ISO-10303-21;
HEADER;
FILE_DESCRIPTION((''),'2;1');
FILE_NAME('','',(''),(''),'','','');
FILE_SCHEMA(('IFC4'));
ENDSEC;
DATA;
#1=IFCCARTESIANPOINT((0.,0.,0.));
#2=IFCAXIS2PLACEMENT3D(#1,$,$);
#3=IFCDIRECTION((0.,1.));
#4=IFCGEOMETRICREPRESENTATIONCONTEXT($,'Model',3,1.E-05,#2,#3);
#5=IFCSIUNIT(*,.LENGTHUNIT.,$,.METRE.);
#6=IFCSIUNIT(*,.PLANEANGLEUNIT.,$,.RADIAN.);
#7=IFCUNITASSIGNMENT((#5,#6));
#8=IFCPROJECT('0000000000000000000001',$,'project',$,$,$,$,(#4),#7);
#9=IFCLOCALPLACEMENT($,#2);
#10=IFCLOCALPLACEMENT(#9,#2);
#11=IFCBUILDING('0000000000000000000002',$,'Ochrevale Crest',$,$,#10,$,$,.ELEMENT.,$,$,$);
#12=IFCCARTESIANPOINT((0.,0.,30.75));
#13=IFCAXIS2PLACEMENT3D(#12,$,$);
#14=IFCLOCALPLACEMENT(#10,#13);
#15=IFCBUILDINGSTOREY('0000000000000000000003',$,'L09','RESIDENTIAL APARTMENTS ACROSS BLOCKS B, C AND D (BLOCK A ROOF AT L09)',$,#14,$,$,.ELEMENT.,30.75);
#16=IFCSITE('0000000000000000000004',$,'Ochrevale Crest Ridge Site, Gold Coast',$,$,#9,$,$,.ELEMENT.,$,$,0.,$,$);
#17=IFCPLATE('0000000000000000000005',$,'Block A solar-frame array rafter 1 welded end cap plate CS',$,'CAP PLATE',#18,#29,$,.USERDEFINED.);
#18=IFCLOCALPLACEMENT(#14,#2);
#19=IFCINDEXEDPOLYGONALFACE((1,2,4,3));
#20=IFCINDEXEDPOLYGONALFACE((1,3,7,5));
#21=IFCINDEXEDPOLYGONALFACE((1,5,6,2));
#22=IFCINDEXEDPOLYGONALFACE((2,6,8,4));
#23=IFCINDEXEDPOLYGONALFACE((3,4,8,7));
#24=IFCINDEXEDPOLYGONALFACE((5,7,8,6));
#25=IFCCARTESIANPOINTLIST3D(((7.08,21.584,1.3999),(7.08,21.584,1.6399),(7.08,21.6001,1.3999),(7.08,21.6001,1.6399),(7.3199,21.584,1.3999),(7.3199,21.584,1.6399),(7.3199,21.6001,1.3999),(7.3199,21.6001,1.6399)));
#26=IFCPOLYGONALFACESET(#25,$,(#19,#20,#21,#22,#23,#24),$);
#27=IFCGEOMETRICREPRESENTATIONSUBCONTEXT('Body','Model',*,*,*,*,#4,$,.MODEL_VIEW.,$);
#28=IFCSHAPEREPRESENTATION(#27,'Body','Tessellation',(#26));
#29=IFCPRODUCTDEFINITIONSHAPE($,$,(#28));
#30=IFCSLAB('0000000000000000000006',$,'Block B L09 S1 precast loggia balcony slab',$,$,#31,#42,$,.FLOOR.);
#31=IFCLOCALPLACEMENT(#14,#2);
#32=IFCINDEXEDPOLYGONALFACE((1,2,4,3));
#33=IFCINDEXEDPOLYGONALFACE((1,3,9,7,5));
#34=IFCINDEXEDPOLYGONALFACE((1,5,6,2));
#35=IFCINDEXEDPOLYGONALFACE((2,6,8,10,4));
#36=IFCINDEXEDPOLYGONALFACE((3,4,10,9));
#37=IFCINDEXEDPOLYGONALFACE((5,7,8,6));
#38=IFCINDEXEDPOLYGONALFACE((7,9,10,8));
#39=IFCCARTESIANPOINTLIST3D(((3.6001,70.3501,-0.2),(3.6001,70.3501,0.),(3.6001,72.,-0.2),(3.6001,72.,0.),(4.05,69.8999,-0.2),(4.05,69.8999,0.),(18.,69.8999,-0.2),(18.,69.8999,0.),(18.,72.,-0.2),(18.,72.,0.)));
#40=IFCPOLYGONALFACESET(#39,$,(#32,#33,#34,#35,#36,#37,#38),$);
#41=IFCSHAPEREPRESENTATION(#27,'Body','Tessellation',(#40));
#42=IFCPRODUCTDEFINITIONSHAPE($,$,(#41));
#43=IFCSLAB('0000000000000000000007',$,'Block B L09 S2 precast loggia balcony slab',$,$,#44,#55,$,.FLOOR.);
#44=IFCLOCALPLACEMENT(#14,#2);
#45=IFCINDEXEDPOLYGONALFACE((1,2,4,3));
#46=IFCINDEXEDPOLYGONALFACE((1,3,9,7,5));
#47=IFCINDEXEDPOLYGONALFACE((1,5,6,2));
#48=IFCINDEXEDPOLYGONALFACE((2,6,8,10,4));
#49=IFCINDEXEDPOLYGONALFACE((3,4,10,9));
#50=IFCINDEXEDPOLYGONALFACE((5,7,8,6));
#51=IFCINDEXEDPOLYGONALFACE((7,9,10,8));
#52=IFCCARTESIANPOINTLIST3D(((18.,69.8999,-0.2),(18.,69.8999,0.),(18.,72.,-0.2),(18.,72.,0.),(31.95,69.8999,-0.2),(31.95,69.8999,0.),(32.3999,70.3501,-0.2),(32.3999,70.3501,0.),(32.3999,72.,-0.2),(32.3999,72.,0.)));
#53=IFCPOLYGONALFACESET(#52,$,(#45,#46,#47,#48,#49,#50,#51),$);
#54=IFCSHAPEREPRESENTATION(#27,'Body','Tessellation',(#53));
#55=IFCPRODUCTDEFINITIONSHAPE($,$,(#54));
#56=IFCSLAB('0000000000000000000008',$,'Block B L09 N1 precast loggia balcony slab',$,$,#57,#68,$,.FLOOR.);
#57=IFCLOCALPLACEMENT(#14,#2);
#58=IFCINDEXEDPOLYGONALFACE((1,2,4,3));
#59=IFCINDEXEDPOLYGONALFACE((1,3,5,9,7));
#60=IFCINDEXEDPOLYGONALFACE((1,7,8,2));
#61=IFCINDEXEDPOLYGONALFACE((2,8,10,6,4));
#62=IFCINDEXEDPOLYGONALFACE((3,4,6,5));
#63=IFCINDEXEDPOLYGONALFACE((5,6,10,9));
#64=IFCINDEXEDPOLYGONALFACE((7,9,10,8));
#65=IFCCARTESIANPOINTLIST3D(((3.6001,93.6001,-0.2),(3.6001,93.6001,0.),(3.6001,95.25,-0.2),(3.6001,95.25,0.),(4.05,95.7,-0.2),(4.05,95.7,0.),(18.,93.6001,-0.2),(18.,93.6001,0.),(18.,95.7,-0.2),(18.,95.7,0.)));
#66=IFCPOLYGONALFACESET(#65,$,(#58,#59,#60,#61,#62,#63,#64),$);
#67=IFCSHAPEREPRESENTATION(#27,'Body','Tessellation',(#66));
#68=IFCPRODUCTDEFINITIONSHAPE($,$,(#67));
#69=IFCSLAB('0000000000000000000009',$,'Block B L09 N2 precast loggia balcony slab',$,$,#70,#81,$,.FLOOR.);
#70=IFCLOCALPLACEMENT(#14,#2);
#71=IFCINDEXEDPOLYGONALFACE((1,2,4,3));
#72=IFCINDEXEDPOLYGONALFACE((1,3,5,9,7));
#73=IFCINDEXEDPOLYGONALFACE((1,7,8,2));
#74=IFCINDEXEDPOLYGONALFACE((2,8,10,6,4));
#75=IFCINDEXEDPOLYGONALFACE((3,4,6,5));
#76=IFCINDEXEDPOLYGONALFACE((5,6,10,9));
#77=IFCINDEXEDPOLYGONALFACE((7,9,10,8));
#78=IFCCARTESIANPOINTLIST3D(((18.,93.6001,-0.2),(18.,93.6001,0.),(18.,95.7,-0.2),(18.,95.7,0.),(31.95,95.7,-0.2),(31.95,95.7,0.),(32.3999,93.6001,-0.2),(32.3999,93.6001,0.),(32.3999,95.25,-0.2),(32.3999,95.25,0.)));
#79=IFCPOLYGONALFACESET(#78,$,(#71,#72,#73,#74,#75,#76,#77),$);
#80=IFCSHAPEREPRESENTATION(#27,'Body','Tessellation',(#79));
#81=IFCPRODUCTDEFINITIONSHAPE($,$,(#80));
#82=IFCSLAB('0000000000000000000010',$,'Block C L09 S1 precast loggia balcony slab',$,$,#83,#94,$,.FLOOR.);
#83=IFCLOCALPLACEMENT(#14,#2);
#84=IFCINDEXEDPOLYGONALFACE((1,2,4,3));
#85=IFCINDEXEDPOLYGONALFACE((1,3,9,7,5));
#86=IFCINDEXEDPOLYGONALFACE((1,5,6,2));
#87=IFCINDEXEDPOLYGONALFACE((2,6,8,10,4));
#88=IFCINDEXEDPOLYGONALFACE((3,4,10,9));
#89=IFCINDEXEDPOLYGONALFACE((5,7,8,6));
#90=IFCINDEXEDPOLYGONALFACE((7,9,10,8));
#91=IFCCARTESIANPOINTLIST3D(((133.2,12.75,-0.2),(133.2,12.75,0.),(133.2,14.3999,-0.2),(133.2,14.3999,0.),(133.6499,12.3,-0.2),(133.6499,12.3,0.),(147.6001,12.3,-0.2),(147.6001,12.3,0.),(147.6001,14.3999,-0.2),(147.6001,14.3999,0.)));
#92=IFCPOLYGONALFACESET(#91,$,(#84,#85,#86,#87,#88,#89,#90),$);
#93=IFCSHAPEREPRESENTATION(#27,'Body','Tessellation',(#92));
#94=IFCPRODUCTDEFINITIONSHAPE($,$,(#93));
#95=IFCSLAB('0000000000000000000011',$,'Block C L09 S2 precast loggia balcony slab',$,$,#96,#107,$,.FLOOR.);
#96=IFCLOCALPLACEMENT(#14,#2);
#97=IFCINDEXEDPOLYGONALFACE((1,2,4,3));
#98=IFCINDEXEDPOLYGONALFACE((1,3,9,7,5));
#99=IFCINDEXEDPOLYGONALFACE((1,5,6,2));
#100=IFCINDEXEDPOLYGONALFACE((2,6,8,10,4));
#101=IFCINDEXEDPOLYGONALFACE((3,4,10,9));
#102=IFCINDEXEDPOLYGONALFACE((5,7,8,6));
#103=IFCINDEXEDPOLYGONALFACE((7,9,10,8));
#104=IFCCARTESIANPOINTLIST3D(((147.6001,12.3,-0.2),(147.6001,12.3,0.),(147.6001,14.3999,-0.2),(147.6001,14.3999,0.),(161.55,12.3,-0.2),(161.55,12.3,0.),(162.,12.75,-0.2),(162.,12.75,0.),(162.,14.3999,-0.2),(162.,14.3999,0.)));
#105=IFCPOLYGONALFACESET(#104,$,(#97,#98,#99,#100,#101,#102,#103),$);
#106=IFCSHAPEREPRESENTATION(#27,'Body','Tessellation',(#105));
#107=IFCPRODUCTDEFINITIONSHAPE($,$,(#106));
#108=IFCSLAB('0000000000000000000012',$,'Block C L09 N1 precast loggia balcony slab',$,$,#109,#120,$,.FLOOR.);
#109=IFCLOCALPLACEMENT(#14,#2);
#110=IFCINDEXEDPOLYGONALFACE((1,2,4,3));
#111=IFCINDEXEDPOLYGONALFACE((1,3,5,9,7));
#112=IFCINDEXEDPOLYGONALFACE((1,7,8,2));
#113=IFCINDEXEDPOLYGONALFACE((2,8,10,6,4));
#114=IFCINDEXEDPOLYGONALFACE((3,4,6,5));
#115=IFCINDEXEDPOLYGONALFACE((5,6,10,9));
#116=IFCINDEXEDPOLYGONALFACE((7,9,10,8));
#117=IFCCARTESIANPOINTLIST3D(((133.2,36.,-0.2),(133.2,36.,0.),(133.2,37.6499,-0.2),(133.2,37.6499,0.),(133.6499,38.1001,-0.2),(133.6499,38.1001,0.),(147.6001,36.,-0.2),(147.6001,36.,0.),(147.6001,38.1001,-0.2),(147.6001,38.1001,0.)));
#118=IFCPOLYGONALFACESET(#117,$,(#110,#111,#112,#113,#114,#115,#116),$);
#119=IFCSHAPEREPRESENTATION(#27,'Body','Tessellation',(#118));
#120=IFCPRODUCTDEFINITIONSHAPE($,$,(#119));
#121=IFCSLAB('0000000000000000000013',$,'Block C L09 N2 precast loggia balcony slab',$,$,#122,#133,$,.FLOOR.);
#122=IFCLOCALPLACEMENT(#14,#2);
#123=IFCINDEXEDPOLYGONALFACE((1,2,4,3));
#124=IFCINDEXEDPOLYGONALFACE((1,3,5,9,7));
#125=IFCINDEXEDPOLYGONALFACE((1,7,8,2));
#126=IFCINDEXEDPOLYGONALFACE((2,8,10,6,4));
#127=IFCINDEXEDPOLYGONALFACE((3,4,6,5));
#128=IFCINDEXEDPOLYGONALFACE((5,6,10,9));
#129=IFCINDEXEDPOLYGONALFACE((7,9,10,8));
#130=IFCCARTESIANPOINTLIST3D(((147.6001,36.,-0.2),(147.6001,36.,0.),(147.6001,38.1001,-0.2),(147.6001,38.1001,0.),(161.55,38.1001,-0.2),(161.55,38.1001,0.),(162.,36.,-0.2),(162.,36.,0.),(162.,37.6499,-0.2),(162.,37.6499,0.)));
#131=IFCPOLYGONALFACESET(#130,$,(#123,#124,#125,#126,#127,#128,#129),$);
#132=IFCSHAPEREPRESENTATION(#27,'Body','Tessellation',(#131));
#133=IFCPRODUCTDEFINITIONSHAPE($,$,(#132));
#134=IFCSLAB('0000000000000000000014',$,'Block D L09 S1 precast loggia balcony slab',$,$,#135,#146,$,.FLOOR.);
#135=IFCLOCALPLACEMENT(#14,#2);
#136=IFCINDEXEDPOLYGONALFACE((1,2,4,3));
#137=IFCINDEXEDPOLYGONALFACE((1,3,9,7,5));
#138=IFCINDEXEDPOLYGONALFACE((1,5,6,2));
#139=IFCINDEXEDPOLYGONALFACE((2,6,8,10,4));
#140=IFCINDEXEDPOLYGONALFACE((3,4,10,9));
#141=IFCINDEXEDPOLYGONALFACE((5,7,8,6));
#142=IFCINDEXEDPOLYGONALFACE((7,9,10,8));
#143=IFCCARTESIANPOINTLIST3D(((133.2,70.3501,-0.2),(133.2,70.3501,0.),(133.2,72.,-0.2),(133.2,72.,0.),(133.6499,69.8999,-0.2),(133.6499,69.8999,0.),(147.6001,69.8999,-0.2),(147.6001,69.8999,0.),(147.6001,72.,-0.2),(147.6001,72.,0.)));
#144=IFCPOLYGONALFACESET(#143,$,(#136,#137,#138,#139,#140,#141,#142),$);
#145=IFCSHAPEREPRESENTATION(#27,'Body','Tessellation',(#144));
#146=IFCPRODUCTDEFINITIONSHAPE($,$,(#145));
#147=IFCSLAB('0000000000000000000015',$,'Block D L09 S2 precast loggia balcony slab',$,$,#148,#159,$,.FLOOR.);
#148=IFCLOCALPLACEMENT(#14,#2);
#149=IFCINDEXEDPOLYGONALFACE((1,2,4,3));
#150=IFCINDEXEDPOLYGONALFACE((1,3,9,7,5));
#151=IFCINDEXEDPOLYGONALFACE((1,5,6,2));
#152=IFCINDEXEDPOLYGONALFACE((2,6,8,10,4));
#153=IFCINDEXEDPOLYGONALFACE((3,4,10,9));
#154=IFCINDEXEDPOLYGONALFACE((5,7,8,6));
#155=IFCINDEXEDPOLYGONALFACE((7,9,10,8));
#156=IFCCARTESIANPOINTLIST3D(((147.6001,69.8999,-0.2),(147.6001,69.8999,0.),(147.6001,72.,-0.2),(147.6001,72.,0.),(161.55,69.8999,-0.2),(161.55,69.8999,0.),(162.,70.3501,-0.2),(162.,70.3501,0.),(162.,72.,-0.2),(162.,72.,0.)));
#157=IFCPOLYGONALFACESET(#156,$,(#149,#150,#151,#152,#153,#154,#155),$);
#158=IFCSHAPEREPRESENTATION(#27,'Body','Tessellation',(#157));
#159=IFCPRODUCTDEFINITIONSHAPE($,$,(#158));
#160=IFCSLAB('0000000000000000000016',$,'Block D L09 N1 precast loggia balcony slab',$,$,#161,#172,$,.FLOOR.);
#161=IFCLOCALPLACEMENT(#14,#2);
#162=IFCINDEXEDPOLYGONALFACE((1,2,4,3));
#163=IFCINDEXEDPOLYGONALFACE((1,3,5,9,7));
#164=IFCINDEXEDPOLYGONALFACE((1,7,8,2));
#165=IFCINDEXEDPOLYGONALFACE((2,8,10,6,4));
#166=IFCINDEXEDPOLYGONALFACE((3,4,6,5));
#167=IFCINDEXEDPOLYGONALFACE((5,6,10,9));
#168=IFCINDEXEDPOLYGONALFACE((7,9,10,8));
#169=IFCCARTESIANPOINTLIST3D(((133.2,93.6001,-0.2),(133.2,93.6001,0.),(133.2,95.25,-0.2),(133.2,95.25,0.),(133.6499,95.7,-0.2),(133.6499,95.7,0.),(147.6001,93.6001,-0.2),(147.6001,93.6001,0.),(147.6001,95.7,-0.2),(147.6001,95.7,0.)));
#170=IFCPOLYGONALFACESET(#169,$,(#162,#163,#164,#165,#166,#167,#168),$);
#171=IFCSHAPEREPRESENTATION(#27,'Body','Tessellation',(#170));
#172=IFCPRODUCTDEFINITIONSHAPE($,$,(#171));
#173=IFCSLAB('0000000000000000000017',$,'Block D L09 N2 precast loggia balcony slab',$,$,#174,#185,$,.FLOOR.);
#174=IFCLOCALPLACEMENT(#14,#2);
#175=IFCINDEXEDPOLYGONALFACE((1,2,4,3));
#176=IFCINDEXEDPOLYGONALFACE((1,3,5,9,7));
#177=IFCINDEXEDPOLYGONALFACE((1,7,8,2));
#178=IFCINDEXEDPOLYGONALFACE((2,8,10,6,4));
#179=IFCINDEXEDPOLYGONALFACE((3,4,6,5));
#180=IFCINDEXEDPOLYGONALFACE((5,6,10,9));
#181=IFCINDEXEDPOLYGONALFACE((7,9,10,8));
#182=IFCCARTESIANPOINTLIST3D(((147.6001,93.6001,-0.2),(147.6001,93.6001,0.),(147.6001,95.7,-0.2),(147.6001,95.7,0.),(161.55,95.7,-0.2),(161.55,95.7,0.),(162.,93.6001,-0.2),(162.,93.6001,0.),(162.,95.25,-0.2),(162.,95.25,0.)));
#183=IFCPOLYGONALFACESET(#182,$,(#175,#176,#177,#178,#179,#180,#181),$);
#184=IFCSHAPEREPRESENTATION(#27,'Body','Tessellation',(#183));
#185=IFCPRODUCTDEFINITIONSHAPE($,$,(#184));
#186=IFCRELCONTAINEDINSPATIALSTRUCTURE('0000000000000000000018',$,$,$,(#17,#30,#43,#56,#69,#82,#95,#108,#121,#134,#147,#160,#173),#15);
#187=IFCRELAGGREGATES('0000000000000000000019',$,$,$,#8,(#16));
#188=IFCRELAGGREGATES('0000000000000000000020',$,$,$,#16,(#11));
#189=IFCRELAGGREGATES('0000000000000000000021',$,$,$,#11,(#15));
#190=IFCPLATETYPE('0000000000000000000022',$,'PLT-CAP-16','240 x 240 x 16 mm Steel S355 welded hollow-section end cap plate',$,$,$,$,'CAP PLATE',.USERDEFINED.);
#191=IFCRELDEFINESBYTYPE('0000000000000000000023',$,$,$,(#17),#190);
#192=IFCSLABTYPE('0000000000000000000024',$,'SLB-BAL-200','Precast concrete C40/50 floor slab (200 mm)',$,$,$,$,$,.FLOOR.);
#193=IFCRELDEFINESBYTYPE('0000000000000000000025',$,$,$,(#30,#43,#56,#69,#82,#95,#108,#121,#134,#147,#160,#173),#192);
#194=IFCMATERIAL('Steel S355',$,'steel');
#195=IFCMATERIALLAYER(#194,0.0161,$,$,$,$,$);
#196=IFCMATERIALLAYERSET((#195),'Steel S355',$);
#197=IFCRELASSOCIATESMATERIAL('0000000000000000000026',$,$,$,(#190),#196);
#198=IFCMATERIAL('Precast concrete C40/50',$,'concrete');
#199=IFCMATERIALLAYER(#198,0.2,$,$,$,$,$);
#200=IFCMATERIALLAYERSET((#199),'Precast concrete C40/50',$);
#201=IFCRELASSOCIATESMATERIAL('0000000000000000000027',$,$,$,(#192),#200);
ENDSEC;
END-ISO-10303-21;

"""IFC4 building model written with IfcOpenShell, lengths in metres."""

from ifc_helpers import new_model, si_unit, direction, frame, origin, origin_2d, place, context, subcontext, project, spatial, polyline, rectangle, outline, extrude, material, layer, layer_set, type_object, element, save


model = new_model("IFC4")

# Units and contexts
model_context = context("Model", 3, precision=1e-05, world=origin(), true_north=direction((0.0, 1.0)))
body_context = subcontext(model_context, "Body", "Model", "MODEL_VIEW")
ifc_project = project(units=[si_unit("LENGTHUNIT", "METRE"), si_unit("PLANEANGLEUNIT", "RADIAN")], contexts=[model_context])

# Site, building, storey
site_placement = place(None, origin())
site = spatial("IfcSite", under=ifc_project, at=site_placement, Name="Ochrevale Crest Ridge Site, Gold Coast", CompositionType="ELEMENT", RefElevation=0.0)
building_placement = place(site_placement, origin())
building = spatial("IfcBuilding", under=site, at=building_placement, Name="Ochrevale Crest", CompositionType="ELEMENT")
storey_placement = place(building_placement, frame((0.0, 0.0, 30.75)))
storey = spatial("IfcBuildingStorey", under=building, at=storey_placement, Name="L09", Description="RESIDENTIAL APARTMENTS ACROSS BLOCKS B, C AND D (BLOCK A ROOF AT L09)", CompositionType="ELEMENT", Elevation=30.75)

# Plate
ifc_material_1 = material(Name="Steel S355", Category="steel")
ifc_layer_1 = layer(ifc_material_1, 0.0161)
ifc_layer_set_1 = layer_set([ifc_layer_1], Name="Steel S355")
plate_type = type_object("IfcPlateType", Name="PLT-CAP-16", Description="240 x 240 x 16 mm Steel S355 welded hollow-section end cap plate", ElementType="CAP PLATE", PredefinedType="USERDEFINED", material=ifc_layer_set_1)
plate_placement = place(storey_placement, frame((7.2, 21.592, 1.3999), z_axis=(0.0, 0.0, 1.0), x_axis=(0.0, 1.0, 0.0)))
element("IfcPlate", 1, at=plate_placement, inside=storey, type_object=plate_type, Name="Block A solar-frame array rafter 1 welded end cap plate CS", ObjectType="CAP PLATE", PredefinedType="USERDEFINED", context=body_context, shape_type="SweptSolid", body=[
    extrude(rectangle(XDim=0.0161, YDim=0.24, at=origin_2d()), origin(), (0.0, 0.0, 1.0), 0.24),
])

# Slabs
ifc_material_2 = material(Name="Precast concrete C40/50", Category="concrete")
ifc_layer_2 = layer(ifc_material_2, 0.2)
ifc_layer_set_2 = layer_set([ifc_layer_2], Name="Precast concrete C40/50")
slab_type_1 = type_object("IfcSlabType", Name="SLB-BAL-200", Description="Precast concrete C40/50 floor slab (200 mm)", PredefinedType="FLOOR", material=ifc_layer_set_2)
slab_1_placement = place(storey_placement, frame((0.0, 0.0, -0.2)))
element("IfcSlab", 2, at=slab_1_placement, inside=storey, type_object=slab_type_1, Name="Block B L09 S1 precast loggia balcony slab", PredefinedType="FLOOR", context=body_context, shape_type="SweptSolid", body=[
    extrude(outline(polyline([(4.05, 69.8999), (18.0, 69.8999), (18.0, 72.0), (3.6001, 72.0), (3.6001, 70.3501), (4.05, 69.8999)])), origin(), (0.0, 0.0, 1.0), 0.2),
])
slab_2_placement = place(storey_placement, frame((0.0, 0.0, -0.2)))
element("IfcSlab", 3, at=slab_2_placement, inside=storey, type_object=slab_type_1, Name="Block B L09 S2 precast loggia balcony slab", PredefinedType="FLOOR", context=body_context, shape_type="SweptSolid", body=[
    extrude(outline(polyline([(18.0, 69.8999), (31.95, 69.8999), (32.3999, 70.3501), (32.3999, 72.0), (18.0, 72.0), (18.0, 69.8999)])), origin(), (0.0, 0.0, 1.0), 0.2),
])
slab_3_placement = place(storey_placement, frame((0.0, 0.0, -0.2)))
element("IfcSlab", 4, at=slab_3_placement, inside=storey, type_object=slab_type_1, Name="Block B L09 N1 precast loggia balcony slab", PredefinedType="FLOOR", context=body_context, shape_type="SweptSolid", body=[
    extrude(outline(polyline([(3.6001, 93.6001), (18.0, 93.6001), (18.0, 95.7), (4.05, 95.7), (3.6001, 95.25), (3.6001, 93.6001)])), origin(), (0.0, 0.0, 1.0), 0.2),
])
slab_4_placement = place(storey_placement, frame((0.0, 0.0, -0.2)))
element("IfcSlab", 5, at=slab_4_placement, inside=storey, type_object=slab_type_1, Name="Block B L09 N2 precast loggia balcony slab", PredefinedType="FLOOR", context=body_context, shape_type="SweptSolid", body=[
    extrude(outline(polyline([(18.0, 93.6001), (32.3999, 93.6001), (32.3999, 95.25), (31.95, 95.7), (18.0, 95.7), (18.0, 93.6001)])), origin(), (0.0, 0.0, 1.0), 0.2),
])
slab_5_placement = place(storey_placement, frame((0.0, 0.0, -0.2)))
element("IfcSlab", 6, at=slab_5_placement, inside=storey, type_object=slab_type_1, Name="Block C L09 S1 precast loggia balcony slab", PredefinedType="FLOOR", context=body_context, shape_type="SweptSolid", body=[
    extrude(outline(polyline([(133.6499, 12.3), (147.6001, 12.3), (147.6001, 14.3999), (133.2, 14.3999), (133.2, 12.75), (133.6499, 12.3)])), origin(), (0.0, 0.0, 1.0), 0.2),
])
slab_6_placement = place(storey_placement, frame((0.0, 0.0, -0.2)))
element("IfcSlab", 7, at=slab_6_placement, inside=storey, type_object=slab_type_1, Name="Block C L09 S2 precast loggia balcony slab", PredefinedType="FLOOR", context=body_context, shape_type="SweptSolid", body=[
    extrude(outline(polyline([(147.6001, 12.3), (161.55, 12.3), (162.0, 12.75), (162.0, 14.3999), (147.6001, 14.3999), (147.6001, 12.3)])), origin(), (0.0, 0.0, 1.0), 0.2),
])
slab_7_placement = place(storey_placement, frame((0.0, 0.0, -0.2)))
element("IfcSlab", 8, at=slab_7_placement, inside=storey, type_object=slab_type_1, Name="Block C L09 N1 precast loggia balcony slab", PredefinedType="FLOOR", context=body_context, shape_type="SweptSolid", body=[
    extrude(outline(polyline([(133.2, 36.0), (147.6001, 36.0), (147.6001, 38.1001), (133.6499, 38.1001), (133.2, 37.6499), (133.2, 36.0)])), origin(), (0.0, 0.0, 1.0), 0.2),
])
slab_8_placement = place(storey_placement, frame((0.0, 0.0, -0.2)))
element("IfcSlab", 9, at=slab_8_placement, inside=storey, type_object=slab_type_1, Name="Block C L09 N2 precast loggia balcony slab", PredefinedType="FLOOR", context=body_context, shape_type="SweptSolid", body=[
    extrude(outline(polyline([(147.6001, 36.0), (162.0, 36.0), (162.0, 37.6499), (161.55, 38.1001), (147.6001, 38.1001), (147.6001, 36.0)])), origin(), (0.0, 0.0, 1.0), 0.2),
])
slab_9_placement = place(storey_placement, frame((0.0, 0.0, -0.2)))
element("IfcSlab", 10, at=slab_9_placement, inside=storey, type_object=slab_type_1, Name="Block D L09 S1 precast loggia balcony slab", PredefinedType="FLOOR", context=body_context, shape_type="SweptSolid", body=[
    extrude(outline(polyline([(133.6499, 69.8999), (147.6001, 69.8999), (147.6001, 72.0), (133.2, 72.0), (133.2, 70.3501), (133.6499, 69.8999)])), origin(), (0.0, 0.0, 1.0), 0.2),
])
slab_10_placement = place(storey_placement, frame((0.0, 0.0, -0.2)))
element("IfcSlab", 11, at=slab_10_placement, inside=storey, type_object=slab_type_1, Name="Block D L09 S2 precast loggia balcony slab", PredefinedType="FLOOR", context=body_context, shape_type="SweptSolid", body=[
    extrude(outline(polyline([(147.6001, 69.8999), (161.55, 69.8999), (162.0, 70.3501), (162.0, 72.0), (147.6001, 72.0), (147.6001, 69.8999)])), origin(), (0.0, 0.0, 1.0), 0.2),
])
slab_11_placement = place(storey_placement, frame((0.0, 0.0, -0.2)))
element("IfcSlab", 12, at=slab_11_placement, inside=storey, type_object=slab_type_1, Name="Block D L09 N1 precast loggia balcony slab", PredefinedType="FLOOR", context=body_context, shape_type="SweptSolid", body=[
    extrude(outline(polyline([(133.2, 93.6001), (147.6001, 93.6001), (147.6001, 95.7), (133.6499, 95.7), (133.2, 95.25), (133.2, 93.6001)])), origin(), (0.0, 0.0, 1.0), 0.2),
])
slab_12_placement = place(storey_placement, frame((0.0, 0.0, -0.2)))
element("IfcSlab", 13, at=slab_12_placement, inside=storey, type_object=slab_type_1, Name="Block D L09 N2 precast loggia balcony slab", PredefinedType="FLOOR", context=body_context, shape_type="SweptSolid", body=[
    extrude(outline(polyline([(147.6001, 93.6001), (162.0, 93.6001), (162.0, 95.25), (161.55, 95.7), (147.6001, 95.7), (147.6001, 93.6001)])), origin(), (0.0, 0.0, 1.0), 0.2),
])

save(model, "model.ifc")
